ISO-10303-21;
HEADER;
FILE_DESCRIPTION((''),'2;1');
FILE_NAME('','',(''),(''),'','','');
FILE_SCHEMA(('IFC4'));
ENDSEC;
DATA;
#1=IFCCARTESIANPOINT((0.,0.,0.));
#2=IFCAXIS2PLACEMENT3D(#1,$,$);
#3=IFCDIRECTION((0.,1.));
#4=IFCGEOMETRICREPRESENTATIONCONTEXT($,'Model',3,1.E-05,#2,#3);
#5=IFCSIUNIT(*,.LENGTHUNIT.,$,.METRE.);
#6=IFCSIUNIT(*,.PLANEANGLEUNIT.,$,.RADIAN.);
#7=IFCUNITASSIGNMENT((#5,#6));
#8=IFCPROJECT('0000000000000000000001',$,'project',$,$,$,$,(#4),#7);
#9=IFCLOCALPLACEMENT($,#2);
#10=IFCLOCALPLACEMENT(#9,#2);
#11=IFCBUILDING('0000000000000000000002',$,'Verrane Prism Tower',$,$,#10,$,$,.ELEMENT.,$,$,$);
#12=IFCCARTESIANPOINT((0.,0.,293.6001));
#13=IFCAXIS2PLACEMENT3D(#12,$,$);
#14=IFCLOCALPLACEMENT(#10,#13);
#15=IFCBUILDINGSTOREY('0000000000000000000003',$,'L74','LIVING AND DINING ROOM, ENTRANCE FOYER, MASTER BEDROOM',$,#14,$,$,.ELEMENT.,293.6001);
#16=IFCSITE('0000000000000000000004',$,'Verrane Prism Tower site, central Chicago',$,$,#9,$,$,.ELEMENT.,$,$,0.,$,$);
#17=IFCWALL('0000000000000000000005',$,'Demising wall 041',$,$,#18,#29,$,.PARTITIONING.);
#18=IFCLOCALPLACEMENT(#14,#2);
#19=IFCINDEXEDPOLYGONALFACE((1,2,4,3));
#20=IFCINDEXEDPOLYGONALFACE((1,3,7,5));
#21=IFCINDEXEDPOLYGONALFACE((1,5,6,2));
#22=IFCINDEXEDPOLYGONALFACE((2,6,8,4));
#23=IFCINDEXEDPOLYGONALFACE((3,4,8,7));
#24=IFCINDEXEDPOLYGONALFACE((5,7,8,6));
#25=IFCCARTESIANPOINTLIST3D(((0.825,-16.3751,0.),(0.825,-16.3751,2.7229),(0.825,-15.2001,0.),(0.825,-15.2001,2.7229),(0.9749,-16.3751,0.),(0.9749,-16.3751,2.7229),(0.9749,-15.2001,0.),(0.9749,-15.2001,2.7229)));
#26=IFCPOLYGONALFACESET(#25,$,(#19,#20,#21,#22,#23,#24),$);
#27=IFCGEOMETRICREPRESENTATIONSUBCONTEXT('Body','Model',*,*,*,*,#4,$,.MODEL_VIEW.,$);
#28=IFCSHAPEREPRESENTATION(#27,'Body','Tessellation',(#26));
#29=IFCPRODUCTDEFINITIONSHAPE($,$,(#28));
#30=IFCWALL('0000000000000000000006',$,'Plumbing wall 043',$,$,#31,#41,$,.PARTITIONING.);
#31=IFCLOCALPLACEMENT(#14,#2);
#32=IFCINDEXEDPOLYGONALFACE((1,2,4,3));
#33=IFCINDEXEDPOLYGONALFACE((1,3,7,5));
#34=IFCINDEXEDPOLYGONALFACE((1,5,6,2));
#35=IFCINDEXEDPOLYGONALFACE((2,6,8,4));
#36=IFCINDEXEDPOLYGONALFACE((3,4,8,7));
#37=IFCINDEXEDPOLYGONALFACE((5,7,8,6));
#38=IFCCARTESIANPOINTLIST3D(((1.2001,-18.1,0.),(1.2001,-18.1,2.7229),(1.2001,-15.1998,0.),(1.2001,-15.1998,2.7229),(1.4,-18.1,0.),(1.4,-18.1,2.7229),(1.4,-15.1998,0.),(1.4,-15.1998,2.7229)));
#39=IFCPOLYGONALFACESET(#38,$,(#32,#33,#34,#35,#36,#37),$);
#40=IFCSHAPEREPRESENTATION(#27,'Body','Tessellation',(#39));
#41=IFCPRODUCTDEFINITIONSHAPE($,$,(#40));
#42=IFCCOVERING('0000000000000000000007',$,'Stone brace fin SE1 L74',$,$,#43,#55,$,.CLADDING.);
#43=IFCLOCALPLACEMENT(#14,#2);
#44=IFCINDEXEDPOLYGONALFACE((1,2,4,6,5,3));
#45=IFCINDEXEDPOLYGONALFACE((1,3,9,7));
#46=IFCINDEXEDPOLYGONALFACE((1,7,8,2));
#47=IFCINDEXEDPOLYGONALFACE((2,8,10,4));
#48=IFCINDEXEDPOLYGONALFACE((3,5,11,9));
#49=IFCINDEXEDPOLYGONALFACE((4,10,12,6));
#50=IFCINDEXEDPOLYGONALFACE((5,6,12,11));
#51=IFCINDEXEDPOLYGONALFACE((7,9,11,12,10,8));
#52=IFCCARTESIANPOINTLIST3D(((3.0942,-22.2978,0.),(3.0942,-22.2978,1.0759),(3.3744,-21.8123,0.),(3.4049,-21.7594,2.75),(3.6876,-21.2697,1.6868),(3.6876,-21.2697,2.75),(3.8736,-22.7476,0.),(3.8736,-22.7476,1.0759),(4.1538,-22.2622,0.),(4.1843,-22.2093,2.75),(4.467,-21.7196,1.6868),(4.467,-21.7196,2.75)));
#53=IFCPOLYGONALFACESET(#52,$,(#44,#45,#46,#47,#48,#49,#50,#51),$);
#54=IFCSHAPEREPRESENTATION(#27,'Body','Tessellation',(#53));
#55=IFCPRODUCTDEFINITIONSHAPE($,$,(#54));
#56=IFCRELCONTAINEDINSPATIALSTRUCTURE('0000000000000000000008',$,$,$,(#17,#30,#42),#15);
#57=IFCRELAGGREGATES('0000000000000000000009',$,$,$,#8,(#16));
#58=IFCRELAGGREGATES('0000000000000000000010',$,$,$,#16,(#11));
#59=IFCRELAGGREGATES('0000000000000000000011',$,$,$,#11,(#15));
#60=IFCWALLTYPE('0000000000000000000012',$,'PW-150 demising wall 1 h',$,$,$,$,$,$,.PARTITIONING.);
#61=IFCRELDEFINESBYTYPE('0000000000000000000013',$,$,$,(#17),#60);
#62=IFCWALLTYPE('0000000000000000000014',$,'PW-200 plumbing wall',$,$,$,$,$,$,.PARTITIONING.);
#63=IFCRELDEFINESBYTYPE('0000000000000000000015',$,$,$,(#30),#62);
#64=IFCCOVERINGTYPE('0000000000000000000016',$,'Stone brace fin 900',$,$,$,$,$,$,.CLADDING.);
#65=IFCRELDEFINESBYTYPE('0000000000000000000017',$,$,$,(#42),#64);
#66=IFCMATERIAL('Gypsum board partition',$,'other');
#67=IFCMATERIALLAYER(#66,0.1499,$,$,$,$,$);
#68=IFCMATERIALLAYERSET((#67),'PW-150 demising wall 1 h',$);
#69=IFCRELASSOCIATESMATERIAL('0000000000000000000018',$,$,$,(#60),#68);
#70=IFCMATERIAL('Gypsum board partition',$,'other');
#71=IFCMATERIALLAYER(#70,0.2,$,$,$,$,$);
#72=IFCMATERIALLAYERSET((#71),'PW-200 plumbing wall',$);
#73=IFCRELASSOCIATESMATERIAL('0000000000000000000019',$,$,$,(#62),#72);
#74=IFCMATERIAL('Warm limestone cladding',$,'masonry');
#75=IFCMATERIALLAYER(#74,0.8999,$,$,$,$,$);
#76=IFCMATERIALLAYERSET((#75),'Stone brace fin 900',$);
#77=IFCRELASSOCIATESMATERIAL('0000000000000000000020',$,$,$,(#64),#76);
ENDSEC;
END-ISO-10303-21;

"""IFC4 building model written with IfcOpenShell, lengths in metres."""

from ifc_helpers import new_model, si_unit, direction, frame, frame_2d, origin, place, context, subcontext, project, spatial, polyline, rectangle, outline, extrude, material, layer, layer_set, type_object, element, save


model = new_model("IFC4")

# Units and contexts
model_context = context("Model", 3, precision=1e-05, world=origin(), true_north=direction((0.0, 1.0)))
body_context = subcontext(model_context, "Body", "Model", "MODEL_VIEW")
ifc_project = project(units=[si_unit("LENGTHUNIT", "METRE"), si_unit("PLANEANGLEUNIT", "RADIAN")], contexts=[model_context])

# Site, building, storey
site_placement = place(None, origin())
site = spatial("IfcSite", under=ifc_project, at=site_placement, Name="Verrane Prism Tower site, central Chicago", CompositionType="ELEMENT", RefElevation=0.0)
building_placement = place(site_placement, origin())
building = spatial("IfcBuilding", under=site, at=building_placement, Name="Verrane Prism Tower", CompositionType="ELEMENT")
storey_placement = place(building_placement, frame((0.0, 0.0, 293.6001)))
storey = spatial("IfcBuildingStorey", under=building, at=storey_placement, Name="L74", Description="LIVING AND DINING ROOM, ENTRANCE FOYER, MASTER BEDROOM", CompositionType="ELEMENT", Elevation=293.6001)

# Walls
ifc_material_1 = material(Name="Gypsum board partition", Category="other")
ifc_layer_1 = layer(ifc_material_1, 0.1499)
ifc_layer_set_1 = layer_set([ifc_layer_1], Name="PW-150 demising wall 1 h")
wall_type_1 = type_object("IfcWallType", Name="PW-150 demising wall 1 h", PredefinedType="PARTITIONING", material=ifc_layer_set_1)
wall_1_placement = place(storey_placement, frame((0.8999, -16.375, 0.0), z_axis=(0.0, 0.0, 1.0), x_axis=(0.0, 1.0, 0.0)))
element("IfcWall", 1, at=wall_1_placement, inside=storey, type_object=wall_type_1, Name="Demising wall 041", PredefinedType="PARTITIONING", context=body_context, shape_type="SweptSolid", body=[
    extrude(rectangle(XDim=1.175, YDim=0.1499, at=frame_2d((0.5874, 0.0))), origin(), (0.0, 0.0, 1.0), 2.7229),
])
ifc_material_2 = material(Name="Gypsum board partition", Category="other")
ifc_layer_2 = layer(ifc_material_2, 0.2)
ifc_layer_set_2 = layer_set([ifc_layer_2], Name="PW-200 plumbing wall")
wall_type_2 = type_object("IfcWallType", Name="PW-200 plumbing wall", PredefinedType="PARTITIONING", material=ifc_layer_set_2)
wall_2_placement = place(storey_placement, frame((1.3, -18.1001, 0.0), z_axis=(0.0, 0.0, 1.0), x_axis=(0.0, 1.0, 0.0)))
element("IfcWall", 2, at=wall_2_placement, inside=storey, type_object=wall_type_2, Name="Plumbing wall 043", PredefinedType="PARTITIONING", context=body_context, shape_type="SweptSolid", body=[
    extrude(rectangle(XDim=2.9001, YDim=0.2, at=frame_2d((1.4502, 0.0))), origin(), (0.0, 0.0, 1.0), 2.7229),
])

# Covering
ifc_material_3 = material(Name="Warm limestone cladding", Category="masonry")
ifc_layer_3 = layer(ifc_material_3, 0.8999)
ifc_layer_set_3 = layer_set([ifc_layer_3], Name="Stone brace fin 900")
covering_type = type_object("IfcCoveringType", Name="Stone brace fin 900", PredefinedType="CLADDING", material=ifc_layer_set_3)
covering_placement = place(storey_placement, frame((3.4839, -22.5227, 0.0), z_axis=(0.0, 0.0, 1.0), x_axis=(0.499901, 0.866083, 0.0)))
element("IfcCovering", 3, at=covering_placement, inside=storey, type_object=covering_type, Name="Stone brace fin SE1 L74", PredefinedType="CLADDING", context=body_context, shape_type="SweptSolid", body=[
    extrude(outline(polyline([(1.187, 2.75), (0.6216, 2.75), (0.0, 1.0759), (0.0, 0.0), (0.5605, 0.0), (1.187, 1.6868), (1.187, 2.75)])), frame((0.0, 0.45, 0.0), z_axis=(0.0, -1.0, 0.0), x_axis=(1.0, 0.0, 0.0)), (0.0, 0.0, 1.0), 0.8999),
])

save(model, "model.ifc")
